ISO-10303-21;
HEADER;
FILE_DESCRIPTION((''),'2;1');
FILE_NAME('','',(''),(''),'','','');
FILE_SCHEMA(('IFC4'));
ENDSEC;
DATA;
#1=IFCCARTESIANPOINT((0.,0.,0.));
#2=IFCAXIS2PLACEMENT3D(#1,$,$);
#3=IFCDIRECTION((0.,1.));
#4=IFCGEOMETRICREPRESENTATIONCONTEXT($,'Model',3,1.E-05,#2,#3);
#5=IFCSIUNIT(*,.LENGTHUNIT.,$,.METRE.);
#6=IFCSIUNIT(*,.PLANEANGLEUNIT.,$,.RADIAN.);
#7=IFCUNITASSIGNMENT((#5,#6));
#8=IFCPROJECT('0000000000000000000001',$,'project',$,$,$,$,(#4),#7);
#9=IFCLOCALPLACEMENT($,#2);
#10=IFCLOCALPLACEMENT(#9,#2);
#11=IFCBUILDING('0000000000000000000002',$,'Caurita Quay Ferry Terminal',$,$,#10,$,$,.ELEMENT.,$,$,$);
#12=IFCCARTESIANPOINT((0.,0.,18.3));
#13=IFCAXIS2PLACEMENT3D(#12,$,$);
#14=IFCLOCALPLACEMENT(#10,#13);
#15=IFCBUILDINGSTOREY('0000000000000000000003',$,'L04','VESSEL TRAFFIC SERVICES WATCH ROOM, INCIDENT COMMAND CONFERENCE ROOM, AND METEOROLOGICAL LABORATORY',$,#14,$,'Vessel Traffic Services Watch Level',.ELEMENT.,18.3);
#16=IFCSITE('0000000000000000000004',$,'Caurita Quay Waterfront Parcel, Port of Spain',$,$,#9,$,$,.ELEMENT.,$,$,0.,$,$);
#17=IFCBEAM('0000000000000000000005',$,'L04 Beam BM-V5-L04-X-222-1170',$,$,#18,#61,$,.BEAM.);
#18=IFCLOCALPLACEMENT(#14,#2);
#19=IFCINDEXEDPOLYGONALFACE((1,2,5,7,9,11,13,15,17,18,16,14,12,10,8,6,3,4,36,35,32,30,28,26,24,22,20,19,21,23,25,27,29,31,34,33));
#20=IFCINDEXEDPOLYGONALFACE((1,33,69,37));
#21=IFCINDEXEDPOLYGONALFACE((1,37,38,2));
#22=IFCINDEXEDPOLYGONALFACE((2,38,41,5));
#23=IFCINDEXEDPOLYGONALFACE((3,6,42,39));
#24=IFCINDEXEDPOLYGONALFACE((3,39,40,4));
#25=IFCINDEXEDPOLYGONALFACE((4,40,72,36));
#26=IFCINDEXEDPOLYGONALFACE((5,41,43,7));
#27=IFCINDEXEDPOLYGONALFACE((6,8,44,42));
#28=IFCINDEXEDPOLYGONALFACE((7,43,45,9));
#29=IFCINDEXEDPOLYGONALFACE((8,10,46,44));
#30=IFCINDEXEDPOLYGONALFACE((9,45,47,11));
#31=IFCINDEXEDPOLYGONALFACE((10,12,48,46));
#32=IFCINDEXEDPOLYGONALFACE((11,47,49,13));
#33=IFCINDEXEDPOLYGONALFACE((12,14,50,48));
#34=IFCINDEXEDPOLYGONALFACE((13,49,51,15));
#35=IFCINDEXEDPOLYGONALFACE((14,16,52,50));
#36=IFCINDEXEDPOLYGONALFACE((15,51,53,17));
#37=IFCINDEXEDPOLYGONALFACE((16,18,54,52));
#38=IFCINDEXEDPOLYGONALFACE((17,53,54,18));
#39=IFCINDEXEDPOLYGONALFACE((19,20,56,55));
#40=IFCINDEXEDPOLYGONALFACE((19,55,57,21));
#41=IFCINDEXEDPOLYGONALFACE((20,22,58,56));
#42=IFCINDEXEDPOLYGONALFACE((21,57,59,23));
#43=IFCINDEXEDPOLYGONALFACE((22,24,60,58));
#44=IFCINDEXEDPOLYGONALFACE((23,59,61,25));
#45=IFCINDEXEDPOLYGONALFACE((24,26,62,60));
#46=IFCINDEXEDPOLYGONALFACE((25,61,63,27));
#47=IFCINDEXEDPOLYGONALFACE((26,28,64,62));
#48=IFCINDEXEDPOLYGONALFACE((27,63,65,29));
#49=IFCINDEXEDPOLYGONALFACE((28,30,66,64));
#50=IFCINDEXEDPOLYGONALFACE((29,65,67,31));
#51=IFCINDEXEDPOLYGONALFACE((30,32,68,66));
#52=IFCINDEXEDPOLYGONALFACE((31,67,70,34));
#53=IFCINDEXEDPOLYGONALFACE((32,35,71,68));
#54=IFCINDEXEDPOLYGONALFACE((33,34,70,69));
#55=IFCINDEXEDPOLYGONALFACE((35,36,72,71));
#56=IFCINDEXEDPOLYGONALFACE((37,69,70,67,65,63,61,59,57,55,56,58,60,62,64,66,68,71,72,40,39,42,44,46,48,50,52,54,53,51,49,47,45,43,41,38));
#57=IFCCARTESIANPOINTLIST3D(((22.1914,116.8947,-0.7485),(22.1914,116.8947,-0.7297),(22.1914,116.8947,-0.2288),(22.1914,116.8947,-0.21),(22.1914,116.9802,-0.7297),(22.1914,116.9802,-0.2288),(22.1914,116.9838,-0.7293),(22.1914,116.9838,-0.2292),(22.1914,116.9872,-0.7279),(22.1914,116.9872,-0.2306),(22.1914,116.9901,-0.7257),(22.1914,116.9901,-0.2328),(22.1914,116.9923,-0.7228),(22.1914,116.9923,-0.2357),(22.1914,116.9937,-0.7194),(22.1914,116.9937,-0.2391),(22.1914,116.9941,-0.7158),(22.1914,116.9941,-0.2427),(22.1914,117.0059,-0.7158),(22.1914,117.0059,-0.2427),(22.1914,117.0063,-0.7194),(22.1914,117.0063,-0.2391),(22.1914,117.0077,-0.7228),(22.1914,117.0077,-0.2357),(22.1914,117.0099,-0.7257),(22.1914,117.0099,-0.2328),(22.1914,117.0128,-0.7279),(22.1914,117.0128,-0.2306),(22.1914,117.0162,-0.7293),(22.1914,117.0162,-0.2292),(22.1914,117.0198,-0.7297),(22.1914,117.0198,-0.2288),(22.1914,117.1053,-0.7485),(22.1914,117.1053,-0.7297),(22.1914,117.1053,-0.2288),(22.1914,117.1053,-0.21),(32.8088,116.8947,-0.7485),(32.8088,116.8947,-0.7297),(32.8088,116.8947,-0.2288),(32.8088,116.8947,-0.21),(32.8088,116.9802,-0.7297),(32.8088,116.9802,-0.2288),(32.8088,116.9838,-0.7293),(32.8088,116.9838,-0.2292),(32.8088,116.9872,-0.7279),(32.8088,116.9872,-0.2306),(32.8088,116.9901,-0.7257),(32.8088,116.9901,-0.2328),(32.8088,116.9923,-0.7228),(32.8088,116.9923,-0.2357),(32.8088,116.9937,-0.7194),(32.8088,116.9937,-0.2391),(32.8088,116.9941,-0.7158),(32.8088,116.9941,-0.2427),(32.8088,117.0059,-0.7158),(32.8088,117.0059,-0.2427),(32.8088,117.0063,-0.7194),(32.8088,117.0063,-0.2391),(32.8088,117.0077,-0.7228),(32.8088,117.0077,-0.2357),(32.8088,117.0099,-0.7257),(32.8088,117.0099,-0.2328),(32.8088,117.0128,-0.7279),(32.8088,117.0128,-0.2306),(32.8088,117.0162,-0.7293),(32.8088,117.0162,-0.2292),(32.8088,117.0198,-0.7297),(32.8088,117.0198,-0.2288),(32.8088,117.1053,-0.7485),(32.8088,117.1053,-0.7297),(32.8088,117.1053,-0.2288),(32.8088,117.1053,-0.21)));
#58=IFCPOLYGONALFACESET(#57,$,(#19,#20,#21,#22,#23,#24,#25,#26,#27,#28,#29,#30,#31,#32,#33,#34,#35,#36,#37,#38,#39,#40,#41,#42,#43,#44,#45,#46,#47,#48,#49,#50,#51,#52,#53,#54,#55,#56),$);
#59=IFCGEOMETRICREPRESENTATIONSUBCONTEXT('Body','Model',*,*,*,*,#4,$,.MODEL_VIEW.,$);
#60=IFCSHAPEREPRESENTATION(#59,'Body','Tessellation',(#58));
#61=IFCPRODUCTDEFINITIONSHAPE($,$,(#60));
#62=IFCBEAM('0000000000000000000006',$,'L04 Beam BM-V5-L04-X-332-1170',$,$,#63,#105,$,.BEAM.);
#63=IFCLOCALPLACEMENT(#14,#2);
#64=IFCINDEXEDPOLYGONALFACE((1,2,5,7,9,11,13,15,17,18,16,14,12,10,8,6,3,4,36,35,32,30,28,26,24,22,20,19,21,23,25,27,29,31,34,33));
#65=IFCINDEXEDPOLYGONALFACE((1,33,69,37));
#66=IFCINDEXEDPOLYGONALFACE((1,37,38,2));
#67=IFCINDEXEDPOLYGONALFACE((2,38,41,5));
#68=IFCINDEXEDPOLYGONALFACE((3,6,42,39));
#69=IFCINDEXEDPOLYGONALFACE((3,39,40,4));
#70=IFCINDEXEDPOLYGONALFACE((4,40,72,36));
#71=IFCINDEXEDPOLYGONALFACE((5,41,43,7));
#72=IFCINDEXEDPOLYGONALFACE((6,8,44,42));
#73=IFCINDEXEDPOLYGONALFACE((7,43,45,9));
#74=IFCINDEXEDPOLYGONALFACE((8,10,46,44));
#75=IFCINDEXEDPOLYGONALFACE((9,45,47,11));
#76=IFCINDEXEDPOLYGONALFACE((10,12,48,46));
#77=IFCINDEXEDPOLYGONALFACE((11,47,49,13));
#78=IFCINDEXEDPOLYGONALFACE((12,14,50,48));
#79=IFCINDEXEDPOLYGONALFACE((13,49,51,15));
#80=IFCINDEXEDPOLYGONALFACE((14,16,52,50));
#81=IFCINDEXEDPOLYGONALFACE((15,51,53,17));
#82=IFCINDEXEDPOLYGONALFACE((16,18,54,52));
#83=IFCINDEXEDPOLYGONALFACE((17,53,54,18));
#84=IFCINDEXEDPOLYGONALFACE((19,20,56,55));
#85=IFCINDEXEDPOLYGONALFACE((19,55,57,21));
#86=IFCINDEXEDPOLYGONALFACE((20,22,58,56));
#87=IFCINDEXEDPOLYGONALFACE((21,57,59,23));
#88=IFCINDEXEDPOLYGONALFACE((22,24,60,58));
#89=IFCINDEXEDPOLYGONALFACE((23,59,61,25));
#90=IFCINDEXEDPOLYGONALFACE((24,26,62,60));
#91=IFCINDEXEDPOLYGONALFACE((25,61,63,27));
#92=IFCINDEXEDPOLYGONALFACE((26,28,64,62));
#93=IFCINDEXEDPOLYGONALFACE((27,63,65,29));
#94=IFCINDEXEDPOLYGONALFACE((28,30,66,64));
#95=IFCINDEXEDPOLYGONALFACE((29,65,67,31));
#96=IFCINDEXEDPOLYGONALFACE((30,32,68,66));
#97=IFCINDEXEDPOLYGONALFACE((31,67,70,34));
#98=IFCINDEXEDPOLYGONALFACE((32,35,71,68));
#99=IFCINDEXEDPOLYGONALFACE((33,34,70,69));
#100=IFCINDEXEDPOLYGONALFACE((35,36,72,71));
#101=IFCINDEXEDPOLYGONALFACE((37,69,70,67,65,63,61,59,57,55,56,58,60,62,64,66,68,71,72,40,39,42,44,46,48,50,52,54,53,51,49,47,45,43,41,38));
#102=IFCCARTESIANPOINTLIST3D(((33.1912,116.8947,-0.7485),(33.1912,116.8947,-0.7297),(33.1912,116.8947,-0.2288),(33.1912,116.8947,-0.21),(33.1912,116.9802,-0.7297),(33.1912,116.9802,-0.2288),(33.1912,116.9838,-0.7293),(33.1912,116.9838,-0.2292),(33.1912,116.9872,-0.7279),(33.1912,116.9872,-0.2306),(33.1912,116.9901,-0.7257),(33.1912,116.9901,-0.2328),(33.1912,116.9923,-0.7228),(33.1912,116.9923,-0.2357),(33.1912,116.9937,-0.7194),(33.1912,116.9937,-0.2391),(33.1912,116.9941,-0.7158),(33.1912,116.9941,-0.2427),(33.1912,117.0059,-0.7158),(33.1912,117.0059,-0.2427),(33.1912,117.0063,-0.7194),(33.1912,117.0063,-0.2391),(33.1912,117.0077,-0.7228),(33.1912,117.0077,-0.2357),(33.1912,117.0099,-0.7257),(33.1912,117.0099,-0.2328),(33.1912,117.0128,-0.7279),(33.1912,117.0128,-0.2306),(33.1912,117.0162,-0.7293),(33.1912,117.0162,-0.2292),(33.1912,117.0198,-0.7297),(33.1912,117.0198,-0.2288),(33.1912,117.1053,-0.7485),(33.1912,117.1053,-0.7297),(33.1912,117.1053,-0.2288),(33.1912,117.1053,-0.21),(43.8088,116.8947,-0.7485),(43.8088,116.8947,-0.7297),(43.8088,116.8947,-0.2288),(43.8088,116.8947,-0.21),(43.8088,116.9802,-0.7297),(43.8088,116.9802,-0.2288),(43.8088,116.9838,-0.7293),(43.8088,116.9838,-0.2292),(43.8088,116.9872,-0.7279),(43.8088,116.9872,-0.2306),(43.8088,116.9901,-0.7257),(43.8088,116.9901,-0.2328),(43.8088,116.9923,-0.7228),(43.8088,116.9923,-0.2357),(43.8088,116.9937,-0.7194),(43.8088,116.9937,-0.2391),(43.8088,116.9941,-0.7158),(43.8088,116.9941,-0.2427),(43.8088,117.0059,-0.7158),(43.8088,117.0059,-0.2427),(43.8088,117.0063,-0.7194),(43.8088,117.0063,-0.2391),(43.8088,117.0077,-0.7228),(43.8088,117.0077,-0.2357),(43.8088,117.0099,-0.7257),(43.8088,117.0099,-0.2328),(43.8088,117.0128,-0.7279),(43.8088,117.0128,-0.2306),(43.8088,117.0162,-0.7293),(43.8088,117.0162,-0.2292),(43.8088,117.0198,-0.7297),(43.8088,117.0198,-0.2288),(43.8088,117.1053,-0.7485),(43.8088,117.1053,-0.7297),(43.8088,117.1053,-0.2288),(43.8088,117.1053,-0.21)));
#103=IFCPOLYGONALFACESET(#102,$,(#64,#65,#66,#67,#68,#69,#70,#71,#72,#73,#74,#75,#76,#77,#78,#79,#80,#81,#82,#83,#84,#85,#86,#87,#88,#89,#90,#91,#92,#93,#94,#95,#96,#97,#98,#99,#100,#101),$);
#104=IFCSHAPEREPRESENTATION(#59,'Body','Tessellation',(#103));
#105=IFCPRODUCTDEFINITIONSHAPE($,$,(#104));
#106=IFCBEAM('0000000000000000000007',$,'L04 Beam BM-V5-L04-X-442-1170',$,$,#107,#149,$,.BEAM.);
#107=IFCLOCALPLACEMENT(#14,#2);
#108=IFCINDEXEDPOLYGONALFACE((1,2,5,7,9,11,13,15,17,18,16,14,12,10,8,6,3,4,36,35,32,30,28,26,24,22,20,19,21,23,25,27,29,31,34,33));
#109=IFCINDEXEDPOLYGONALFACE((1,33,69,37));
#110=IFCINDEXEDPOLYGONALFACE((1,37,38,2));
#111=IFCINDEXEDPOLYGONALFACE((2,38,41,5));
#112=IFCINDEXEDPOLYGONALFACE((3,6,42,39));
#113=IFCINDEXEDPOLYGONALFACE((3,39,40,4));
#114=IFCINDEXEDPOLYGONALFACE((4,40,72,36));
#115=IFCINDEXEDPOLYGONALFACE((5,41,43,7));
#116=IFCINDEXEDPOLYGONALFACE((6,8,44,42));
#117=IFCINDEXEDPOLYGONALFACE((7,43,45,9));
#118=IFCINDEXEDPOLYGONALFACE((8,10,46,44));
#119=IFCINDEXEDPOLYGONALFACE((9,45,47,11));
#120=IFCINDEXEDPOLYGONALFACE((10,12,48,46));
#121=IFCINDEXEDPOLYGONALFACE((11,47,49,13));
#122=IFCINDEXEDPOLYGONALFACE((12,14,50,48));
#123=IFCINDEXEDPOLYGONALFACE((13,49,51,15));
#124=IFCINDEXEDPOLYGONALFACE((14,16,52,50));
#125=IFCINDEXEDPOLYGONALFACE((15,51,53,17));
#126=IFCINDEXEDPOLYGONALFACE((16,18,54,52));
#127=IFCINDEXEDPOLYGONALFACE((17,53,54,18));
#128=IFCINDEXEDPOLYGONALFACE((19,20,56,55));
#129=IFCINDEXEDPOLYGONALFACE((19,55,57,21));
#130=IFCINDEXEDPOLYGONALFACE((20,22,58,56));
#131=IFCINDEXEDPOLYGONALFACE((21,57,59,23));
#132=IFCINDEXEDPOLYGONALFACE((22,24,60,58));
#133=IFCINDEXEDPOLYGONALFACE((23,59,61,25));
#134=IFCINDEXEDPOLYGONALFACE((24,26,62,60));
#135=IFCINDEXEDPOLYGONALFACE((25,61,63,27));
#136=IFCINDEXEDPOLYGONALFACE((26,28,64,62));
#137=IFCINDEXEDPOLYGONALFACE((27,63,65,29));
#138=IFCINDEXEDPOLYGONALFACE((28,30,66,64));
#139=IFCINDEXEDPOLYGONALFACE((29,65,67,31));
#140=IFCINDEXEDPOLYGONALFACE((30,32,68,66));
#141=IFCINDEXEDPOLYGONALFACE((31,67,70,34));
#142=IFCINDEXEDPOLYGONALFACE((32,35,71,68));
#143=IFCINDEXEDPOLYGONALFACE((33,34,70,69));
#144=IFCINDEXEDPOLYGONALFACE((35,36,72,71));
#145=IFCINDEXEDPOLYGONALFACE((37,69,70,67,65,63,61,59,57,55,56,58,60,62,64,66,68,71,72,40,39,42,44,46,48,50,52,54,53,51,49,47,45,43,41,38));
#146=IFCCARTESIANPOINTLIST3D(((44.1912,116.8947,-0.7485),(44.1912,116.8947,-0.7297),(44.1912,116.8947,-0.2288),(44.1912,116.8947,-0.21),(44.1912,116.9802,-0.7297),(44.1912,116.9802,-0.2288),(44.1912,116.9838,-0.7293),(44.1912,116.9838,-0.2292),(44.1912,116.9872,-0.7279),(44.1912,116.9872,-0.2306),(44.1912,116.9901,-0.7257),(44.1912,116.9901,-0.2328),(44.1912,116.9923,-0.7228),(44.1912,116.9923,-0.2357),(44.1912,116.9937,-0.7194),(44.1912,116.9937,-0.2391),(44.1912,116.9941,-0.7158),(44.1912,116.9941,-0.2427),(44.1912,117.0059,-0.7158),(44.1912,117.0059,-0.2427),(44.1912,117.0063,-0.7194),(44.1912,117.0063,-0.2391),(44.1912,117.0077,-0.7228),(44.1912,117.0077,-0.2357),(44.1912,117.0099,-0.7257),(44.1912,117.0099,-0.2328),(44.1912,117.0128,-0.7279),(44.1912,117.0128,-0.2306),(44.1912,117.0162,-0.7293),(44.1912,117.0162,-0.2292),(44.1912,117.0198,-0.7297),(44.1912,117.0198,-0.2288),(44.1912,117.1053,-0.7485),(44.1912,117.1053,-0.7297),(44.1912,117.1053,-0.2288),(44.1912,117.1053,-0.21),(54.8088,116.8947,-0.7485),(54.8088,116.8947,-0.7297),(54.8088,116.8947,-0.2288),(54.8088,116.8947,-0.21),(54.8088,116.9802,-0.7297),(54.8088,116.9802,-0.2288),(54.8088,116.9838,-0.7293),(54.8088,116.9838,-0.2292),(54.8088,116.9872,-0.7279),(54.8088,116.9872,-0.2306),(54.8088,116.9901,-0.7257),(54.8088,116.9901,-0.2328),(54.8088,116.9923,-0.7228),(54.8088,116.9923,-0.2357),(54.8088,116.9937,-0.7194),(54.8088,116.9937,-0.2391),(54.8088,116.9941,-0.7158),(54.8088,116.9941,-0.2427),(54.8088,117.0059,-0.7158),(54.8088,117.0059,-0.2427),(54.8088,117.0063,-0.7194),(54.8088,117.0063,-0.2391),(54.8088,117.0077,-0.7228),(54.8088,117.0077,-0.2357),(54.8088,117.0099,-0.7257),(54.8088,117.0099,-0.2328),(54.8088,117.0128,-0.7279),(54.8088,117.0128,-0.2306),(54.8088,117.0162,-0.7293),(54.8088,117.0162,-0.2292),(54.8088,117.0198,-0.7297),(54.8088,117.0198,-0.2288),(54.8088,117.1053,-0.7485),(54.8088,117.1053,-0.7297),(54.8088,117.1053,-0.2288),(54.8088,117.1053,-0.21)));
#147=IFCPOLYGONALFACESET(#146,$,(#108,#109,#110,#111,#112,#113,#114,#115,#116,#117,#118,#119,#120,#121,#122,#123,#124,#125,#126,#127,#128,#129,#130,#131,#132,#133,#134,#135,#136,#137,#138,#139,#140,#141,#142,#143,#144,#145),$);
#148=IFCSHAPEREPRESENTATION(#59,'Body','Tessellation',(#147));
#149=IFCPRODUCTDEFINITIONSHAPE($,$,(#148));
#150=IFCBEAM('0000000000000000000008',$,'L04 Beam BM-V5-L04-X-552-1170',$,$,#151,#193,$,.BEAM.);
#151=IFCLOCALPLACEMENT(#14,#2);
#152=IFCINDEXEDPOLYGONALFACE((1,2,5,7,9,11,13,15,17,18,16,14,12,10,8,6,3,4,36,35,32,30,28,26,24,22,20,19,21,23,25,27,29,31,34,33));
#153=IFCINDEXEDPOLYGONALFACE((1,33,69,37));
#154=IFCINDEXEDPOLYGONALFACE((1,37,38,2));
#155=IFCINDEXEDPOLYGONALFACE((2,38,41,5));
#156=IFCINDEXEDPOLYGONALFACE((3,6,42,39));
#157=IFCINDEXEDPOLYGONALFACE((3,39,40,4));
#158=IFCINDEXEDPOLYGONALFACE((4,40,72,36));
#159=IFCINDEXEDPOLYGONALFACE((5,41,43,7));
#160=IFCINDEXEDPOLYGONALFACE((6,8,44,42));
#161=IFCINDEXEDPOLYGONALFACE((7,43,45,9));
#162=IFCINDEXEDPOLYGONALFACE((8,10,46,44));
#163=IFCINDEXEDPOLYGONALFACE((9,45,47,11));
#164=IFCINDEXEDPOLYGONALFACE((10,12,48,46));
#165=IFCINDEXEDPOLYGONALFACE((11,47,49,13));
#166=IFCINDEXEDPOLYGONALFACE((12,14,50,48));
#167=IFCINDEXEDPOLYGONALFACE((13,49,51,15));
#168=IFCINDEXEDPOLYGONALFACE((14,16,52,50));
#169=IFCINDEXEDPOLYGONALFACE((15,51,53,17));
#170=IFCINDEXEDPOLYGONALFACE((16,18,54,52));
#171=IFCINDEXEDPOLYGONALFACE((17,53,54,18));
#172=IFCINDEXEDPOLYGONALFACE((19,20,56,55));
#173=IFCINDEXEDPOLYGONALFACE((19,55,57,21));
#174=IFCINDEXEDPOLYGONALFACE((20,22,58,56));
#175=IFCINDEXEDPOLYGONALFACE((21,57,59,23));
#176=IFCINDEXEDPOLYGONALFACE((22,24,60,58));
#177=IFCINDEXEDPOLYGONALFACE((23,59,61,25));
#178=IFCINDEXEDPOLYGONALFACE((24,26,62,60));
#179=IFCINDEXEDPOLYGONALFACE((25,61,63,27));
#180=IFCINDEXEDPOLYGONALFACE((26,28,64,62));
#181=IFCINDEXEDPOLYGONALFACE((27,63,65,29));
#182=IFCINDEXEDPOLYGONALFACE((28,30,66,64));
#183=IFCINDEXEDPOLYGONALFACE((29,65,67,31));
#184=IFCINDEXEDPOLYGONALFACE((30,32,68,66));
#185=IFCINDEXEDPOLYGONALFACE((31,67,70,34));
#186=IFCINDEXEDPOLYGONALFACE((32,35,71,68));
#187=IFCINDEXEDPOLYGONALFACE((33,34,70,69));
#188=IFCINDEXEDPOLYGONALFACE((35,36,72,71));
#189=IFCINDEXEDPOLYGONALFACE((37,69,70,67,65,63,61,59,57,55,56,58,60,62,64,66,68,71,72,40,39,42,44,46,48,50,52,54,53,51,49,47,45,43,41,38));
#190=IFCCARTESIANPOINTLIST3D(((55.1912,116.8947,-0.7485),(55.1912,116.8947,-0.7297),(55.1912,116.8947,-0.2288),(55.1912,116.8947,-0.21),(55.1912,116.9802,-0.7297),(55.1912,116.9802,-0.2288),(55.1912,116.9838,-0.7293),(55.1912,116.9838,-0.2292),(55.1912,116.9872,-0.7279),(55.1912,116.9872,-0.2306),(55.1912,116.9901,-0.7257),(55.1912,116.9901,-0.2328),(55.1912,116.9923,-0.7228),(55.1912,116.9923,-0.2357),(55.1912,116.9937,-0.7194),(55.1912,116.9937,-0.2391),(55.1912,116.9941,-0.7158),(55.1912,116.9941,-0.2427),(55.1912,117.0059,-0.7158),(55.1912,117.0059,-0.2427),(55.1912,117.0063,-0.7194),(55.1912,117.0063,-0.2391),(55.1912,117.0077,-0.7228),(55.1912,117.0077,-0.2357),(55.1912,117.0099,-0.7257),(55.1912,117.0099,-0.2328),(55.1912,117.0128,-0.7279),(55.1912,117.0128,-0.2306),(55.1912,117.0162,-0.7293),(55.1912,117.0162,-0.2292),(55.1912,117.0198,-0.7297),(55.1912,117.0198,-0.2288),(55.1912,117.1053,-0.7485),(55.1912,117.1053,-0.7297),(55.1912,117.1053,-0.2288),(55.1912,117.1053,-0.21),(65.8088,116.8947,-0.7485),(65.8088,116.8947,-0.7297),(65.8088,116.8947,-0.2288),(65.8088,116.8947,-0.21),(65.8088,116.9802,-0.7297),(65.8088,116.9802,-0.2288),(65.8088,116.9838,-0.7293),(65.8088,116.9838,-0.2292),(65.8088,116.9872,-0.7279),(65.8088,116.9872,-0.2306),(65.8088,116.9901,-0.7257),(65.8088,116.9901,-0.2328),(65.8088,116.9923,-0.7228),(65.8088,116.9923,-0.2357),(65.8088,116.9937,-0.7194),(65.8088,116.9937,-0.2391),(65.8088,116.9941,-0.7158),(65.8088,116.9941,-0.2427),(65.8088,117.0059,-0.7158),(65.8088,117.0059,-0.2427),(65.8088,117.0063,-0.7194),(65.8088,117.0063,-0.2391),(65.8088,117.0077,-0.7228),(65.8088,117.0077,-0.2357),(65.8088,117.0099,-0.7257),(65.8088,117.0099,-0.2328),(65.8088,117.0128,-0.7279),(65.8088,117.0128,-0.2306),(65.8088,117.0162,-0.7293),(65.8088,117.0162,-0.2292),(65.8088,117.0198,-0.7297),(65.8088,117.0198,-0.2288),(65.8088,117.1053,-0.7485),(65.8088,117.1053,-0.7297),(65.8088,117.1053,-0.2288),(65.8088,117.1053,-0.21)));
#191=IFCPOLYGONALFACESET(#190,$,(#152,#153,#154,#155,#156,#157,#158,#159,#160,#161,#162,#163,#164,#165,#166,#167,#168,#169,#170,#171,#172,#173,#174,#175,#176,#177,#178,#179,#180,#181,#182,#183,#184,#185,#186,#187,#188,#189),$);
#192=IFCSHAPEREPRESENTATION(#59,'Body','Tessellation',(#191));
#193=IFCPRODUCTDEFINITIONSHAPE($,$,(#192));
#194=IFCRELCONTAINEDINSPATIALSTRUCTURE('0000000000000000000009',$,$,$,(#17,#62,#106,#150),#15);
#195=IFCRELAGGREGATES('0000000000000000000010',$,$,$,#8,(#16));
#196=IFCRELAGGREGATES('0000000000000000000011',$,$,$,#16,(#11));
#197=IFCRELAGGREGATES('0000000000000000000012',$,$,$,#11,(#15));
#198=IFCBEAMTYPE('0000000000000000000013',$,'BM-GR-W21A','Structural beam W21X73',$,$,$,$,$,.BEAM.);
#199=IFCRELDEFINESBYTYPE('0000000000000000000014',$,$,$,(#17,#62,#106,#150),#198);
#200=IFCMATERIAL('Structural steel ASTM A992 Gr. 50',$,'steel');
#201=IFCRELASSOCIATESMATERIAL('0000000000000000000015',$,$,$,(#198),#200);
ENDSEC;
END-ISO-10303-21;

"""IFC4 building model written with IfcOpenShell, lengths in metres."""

from ifc_helpers import new_model, si_unit, direction, frame, origin, origin_2d, place, context, subcontext, project, spatial, i_section, extrude, material, material_profile, profile_set, type_object, element, save


model = new_model("IFC4")

# Units and contexts
model_context = context("Model", 3, precision=1e-05, world=origin(), true_north=direction((0.0, 1.0)))
body_context = subcontext(model_context, "Body", "Model", "MODEL_VIEW")
ifc_project = project(units=[si_unit("LENGTHUNIT", "METRE"), si_unit("PLANEANGLEUNIT", "RADIAN")], contexts=[model_context])

# Site, building, storey
site_placement = place(None, origin())
site = spatial("IfcSite", under=ifc_project, at=site_placement, Name="Caurita Quay Waterfront Parcel, Port of Spain", CompositionType="ELEMENT", RefElevation=0.0)
building_placement = place(site_placement, origin())
building = spatial("IfcBuilding", under=site, at=building_placement, Name="Caurita Quay Ferry Terminal", CompositionType="ELEMENT")
storey_placement = place(building_placement, frame((0.0, 0.0, 18.3)))
storey = spatial("IfcBuildingStorey", under=building, at=storey_placement, Name="L04", Description="VESSEL TRAFFIC SERVICES WATCH ROOM, INCIDENT COMMAND CONFERENCE ROOM, AND METEOROLOGICAL LABORATORY", LongName="Vessel Traffic Services Watch Level", CompositionType="ELEMENT", Elevation=18.3)

# Beams
ifc_material_1 = material(Name="Structural steel ASTM A992 Gr. 50", Category="steel")
ifc_material_profile_1 = material_profile(ifc_material_1, i_section(OverallWidth=0.2107, OverallDepth=0.5386, WebThickness=0.0117, FlangeThickness=0.0188, FilletRadius=0.0139, at=origin_2d()), Name="W21X73")
ifc_profile_set_1 = profile_set([ifc_material_profile_1], Name="Structural steel ASTM A992 Gr. 50")
beam_type_1 = type_object("IfcBeamType", Name="BM-GR-W21A", Description="Structural beam W21X73", PredefinedType="BEAM", material=ifc_profile_set_1)
beam_1_placement = place(storey_placement, frame((22.1914, 117.0, -0.4792), z_axis=(1.0, 0.0, 0.0), x_axis=(0.0, 1.0, 0.0)))
element("IfcBeam", 1, at=beam_1_placement, inside=storey, type_object=beam_type_1, Name="L04 Beam BM-V5-L04-X-222-1170", PredefinedType="BEAM", context=body_context, shape_type="SweptSolid", body=[
    extrude(i_section(OverallWidth=0.2107, OverallDepth=0.5386, WebThickness=0.0117, FlangeThickness=0.0188, FilletRadius=0.0139, at=origin_2d()), origin(), (0.0, 0.0, 1.0), 10.6174),
])
for number, where, z_axis, x_axis, name in (
    (2, (33.1912, 117.0, -0.4792), (1.0, 0.0, 0.0), (0.0, 1.0, 0.0), "L04 Beam BM-V5-L04-X-332-1170"),
    (3, (44.1912, 117.0, -0.4792), (1.0, 0.0, 0.0), (0.0, 1.0, 0.0), "L04 Beam BM-V5-L04-X-442-1170"),
    (4, (55.1912, 117.0, -0.4792), (1.0, 0.0, 0.0), (0.0, 1.0, 0.0), "L04 Beam BM-V5-L04-X-552-1170"),
):
    element("IfcBeam", number, at=place(storey_placement, frame(where, z_axis=z_axis, x_axis=x_axis)), inside=storey, type_object=beam_type_1, Name=name, PredefinedType="BEAM", context=body_context, shape_type="SweptSolid", body=[
        extrude(i_section(OverallWidth=0.2107, OverallDepth=0.5386, WebThickness=0.0117, FlangeThickness=0.0188, FilletRadius=0.0139, at=origin_2d()), origin(), (0.0, 0.0, 1.0), 10.6177),
    ])

save(model, "model.ifc")
